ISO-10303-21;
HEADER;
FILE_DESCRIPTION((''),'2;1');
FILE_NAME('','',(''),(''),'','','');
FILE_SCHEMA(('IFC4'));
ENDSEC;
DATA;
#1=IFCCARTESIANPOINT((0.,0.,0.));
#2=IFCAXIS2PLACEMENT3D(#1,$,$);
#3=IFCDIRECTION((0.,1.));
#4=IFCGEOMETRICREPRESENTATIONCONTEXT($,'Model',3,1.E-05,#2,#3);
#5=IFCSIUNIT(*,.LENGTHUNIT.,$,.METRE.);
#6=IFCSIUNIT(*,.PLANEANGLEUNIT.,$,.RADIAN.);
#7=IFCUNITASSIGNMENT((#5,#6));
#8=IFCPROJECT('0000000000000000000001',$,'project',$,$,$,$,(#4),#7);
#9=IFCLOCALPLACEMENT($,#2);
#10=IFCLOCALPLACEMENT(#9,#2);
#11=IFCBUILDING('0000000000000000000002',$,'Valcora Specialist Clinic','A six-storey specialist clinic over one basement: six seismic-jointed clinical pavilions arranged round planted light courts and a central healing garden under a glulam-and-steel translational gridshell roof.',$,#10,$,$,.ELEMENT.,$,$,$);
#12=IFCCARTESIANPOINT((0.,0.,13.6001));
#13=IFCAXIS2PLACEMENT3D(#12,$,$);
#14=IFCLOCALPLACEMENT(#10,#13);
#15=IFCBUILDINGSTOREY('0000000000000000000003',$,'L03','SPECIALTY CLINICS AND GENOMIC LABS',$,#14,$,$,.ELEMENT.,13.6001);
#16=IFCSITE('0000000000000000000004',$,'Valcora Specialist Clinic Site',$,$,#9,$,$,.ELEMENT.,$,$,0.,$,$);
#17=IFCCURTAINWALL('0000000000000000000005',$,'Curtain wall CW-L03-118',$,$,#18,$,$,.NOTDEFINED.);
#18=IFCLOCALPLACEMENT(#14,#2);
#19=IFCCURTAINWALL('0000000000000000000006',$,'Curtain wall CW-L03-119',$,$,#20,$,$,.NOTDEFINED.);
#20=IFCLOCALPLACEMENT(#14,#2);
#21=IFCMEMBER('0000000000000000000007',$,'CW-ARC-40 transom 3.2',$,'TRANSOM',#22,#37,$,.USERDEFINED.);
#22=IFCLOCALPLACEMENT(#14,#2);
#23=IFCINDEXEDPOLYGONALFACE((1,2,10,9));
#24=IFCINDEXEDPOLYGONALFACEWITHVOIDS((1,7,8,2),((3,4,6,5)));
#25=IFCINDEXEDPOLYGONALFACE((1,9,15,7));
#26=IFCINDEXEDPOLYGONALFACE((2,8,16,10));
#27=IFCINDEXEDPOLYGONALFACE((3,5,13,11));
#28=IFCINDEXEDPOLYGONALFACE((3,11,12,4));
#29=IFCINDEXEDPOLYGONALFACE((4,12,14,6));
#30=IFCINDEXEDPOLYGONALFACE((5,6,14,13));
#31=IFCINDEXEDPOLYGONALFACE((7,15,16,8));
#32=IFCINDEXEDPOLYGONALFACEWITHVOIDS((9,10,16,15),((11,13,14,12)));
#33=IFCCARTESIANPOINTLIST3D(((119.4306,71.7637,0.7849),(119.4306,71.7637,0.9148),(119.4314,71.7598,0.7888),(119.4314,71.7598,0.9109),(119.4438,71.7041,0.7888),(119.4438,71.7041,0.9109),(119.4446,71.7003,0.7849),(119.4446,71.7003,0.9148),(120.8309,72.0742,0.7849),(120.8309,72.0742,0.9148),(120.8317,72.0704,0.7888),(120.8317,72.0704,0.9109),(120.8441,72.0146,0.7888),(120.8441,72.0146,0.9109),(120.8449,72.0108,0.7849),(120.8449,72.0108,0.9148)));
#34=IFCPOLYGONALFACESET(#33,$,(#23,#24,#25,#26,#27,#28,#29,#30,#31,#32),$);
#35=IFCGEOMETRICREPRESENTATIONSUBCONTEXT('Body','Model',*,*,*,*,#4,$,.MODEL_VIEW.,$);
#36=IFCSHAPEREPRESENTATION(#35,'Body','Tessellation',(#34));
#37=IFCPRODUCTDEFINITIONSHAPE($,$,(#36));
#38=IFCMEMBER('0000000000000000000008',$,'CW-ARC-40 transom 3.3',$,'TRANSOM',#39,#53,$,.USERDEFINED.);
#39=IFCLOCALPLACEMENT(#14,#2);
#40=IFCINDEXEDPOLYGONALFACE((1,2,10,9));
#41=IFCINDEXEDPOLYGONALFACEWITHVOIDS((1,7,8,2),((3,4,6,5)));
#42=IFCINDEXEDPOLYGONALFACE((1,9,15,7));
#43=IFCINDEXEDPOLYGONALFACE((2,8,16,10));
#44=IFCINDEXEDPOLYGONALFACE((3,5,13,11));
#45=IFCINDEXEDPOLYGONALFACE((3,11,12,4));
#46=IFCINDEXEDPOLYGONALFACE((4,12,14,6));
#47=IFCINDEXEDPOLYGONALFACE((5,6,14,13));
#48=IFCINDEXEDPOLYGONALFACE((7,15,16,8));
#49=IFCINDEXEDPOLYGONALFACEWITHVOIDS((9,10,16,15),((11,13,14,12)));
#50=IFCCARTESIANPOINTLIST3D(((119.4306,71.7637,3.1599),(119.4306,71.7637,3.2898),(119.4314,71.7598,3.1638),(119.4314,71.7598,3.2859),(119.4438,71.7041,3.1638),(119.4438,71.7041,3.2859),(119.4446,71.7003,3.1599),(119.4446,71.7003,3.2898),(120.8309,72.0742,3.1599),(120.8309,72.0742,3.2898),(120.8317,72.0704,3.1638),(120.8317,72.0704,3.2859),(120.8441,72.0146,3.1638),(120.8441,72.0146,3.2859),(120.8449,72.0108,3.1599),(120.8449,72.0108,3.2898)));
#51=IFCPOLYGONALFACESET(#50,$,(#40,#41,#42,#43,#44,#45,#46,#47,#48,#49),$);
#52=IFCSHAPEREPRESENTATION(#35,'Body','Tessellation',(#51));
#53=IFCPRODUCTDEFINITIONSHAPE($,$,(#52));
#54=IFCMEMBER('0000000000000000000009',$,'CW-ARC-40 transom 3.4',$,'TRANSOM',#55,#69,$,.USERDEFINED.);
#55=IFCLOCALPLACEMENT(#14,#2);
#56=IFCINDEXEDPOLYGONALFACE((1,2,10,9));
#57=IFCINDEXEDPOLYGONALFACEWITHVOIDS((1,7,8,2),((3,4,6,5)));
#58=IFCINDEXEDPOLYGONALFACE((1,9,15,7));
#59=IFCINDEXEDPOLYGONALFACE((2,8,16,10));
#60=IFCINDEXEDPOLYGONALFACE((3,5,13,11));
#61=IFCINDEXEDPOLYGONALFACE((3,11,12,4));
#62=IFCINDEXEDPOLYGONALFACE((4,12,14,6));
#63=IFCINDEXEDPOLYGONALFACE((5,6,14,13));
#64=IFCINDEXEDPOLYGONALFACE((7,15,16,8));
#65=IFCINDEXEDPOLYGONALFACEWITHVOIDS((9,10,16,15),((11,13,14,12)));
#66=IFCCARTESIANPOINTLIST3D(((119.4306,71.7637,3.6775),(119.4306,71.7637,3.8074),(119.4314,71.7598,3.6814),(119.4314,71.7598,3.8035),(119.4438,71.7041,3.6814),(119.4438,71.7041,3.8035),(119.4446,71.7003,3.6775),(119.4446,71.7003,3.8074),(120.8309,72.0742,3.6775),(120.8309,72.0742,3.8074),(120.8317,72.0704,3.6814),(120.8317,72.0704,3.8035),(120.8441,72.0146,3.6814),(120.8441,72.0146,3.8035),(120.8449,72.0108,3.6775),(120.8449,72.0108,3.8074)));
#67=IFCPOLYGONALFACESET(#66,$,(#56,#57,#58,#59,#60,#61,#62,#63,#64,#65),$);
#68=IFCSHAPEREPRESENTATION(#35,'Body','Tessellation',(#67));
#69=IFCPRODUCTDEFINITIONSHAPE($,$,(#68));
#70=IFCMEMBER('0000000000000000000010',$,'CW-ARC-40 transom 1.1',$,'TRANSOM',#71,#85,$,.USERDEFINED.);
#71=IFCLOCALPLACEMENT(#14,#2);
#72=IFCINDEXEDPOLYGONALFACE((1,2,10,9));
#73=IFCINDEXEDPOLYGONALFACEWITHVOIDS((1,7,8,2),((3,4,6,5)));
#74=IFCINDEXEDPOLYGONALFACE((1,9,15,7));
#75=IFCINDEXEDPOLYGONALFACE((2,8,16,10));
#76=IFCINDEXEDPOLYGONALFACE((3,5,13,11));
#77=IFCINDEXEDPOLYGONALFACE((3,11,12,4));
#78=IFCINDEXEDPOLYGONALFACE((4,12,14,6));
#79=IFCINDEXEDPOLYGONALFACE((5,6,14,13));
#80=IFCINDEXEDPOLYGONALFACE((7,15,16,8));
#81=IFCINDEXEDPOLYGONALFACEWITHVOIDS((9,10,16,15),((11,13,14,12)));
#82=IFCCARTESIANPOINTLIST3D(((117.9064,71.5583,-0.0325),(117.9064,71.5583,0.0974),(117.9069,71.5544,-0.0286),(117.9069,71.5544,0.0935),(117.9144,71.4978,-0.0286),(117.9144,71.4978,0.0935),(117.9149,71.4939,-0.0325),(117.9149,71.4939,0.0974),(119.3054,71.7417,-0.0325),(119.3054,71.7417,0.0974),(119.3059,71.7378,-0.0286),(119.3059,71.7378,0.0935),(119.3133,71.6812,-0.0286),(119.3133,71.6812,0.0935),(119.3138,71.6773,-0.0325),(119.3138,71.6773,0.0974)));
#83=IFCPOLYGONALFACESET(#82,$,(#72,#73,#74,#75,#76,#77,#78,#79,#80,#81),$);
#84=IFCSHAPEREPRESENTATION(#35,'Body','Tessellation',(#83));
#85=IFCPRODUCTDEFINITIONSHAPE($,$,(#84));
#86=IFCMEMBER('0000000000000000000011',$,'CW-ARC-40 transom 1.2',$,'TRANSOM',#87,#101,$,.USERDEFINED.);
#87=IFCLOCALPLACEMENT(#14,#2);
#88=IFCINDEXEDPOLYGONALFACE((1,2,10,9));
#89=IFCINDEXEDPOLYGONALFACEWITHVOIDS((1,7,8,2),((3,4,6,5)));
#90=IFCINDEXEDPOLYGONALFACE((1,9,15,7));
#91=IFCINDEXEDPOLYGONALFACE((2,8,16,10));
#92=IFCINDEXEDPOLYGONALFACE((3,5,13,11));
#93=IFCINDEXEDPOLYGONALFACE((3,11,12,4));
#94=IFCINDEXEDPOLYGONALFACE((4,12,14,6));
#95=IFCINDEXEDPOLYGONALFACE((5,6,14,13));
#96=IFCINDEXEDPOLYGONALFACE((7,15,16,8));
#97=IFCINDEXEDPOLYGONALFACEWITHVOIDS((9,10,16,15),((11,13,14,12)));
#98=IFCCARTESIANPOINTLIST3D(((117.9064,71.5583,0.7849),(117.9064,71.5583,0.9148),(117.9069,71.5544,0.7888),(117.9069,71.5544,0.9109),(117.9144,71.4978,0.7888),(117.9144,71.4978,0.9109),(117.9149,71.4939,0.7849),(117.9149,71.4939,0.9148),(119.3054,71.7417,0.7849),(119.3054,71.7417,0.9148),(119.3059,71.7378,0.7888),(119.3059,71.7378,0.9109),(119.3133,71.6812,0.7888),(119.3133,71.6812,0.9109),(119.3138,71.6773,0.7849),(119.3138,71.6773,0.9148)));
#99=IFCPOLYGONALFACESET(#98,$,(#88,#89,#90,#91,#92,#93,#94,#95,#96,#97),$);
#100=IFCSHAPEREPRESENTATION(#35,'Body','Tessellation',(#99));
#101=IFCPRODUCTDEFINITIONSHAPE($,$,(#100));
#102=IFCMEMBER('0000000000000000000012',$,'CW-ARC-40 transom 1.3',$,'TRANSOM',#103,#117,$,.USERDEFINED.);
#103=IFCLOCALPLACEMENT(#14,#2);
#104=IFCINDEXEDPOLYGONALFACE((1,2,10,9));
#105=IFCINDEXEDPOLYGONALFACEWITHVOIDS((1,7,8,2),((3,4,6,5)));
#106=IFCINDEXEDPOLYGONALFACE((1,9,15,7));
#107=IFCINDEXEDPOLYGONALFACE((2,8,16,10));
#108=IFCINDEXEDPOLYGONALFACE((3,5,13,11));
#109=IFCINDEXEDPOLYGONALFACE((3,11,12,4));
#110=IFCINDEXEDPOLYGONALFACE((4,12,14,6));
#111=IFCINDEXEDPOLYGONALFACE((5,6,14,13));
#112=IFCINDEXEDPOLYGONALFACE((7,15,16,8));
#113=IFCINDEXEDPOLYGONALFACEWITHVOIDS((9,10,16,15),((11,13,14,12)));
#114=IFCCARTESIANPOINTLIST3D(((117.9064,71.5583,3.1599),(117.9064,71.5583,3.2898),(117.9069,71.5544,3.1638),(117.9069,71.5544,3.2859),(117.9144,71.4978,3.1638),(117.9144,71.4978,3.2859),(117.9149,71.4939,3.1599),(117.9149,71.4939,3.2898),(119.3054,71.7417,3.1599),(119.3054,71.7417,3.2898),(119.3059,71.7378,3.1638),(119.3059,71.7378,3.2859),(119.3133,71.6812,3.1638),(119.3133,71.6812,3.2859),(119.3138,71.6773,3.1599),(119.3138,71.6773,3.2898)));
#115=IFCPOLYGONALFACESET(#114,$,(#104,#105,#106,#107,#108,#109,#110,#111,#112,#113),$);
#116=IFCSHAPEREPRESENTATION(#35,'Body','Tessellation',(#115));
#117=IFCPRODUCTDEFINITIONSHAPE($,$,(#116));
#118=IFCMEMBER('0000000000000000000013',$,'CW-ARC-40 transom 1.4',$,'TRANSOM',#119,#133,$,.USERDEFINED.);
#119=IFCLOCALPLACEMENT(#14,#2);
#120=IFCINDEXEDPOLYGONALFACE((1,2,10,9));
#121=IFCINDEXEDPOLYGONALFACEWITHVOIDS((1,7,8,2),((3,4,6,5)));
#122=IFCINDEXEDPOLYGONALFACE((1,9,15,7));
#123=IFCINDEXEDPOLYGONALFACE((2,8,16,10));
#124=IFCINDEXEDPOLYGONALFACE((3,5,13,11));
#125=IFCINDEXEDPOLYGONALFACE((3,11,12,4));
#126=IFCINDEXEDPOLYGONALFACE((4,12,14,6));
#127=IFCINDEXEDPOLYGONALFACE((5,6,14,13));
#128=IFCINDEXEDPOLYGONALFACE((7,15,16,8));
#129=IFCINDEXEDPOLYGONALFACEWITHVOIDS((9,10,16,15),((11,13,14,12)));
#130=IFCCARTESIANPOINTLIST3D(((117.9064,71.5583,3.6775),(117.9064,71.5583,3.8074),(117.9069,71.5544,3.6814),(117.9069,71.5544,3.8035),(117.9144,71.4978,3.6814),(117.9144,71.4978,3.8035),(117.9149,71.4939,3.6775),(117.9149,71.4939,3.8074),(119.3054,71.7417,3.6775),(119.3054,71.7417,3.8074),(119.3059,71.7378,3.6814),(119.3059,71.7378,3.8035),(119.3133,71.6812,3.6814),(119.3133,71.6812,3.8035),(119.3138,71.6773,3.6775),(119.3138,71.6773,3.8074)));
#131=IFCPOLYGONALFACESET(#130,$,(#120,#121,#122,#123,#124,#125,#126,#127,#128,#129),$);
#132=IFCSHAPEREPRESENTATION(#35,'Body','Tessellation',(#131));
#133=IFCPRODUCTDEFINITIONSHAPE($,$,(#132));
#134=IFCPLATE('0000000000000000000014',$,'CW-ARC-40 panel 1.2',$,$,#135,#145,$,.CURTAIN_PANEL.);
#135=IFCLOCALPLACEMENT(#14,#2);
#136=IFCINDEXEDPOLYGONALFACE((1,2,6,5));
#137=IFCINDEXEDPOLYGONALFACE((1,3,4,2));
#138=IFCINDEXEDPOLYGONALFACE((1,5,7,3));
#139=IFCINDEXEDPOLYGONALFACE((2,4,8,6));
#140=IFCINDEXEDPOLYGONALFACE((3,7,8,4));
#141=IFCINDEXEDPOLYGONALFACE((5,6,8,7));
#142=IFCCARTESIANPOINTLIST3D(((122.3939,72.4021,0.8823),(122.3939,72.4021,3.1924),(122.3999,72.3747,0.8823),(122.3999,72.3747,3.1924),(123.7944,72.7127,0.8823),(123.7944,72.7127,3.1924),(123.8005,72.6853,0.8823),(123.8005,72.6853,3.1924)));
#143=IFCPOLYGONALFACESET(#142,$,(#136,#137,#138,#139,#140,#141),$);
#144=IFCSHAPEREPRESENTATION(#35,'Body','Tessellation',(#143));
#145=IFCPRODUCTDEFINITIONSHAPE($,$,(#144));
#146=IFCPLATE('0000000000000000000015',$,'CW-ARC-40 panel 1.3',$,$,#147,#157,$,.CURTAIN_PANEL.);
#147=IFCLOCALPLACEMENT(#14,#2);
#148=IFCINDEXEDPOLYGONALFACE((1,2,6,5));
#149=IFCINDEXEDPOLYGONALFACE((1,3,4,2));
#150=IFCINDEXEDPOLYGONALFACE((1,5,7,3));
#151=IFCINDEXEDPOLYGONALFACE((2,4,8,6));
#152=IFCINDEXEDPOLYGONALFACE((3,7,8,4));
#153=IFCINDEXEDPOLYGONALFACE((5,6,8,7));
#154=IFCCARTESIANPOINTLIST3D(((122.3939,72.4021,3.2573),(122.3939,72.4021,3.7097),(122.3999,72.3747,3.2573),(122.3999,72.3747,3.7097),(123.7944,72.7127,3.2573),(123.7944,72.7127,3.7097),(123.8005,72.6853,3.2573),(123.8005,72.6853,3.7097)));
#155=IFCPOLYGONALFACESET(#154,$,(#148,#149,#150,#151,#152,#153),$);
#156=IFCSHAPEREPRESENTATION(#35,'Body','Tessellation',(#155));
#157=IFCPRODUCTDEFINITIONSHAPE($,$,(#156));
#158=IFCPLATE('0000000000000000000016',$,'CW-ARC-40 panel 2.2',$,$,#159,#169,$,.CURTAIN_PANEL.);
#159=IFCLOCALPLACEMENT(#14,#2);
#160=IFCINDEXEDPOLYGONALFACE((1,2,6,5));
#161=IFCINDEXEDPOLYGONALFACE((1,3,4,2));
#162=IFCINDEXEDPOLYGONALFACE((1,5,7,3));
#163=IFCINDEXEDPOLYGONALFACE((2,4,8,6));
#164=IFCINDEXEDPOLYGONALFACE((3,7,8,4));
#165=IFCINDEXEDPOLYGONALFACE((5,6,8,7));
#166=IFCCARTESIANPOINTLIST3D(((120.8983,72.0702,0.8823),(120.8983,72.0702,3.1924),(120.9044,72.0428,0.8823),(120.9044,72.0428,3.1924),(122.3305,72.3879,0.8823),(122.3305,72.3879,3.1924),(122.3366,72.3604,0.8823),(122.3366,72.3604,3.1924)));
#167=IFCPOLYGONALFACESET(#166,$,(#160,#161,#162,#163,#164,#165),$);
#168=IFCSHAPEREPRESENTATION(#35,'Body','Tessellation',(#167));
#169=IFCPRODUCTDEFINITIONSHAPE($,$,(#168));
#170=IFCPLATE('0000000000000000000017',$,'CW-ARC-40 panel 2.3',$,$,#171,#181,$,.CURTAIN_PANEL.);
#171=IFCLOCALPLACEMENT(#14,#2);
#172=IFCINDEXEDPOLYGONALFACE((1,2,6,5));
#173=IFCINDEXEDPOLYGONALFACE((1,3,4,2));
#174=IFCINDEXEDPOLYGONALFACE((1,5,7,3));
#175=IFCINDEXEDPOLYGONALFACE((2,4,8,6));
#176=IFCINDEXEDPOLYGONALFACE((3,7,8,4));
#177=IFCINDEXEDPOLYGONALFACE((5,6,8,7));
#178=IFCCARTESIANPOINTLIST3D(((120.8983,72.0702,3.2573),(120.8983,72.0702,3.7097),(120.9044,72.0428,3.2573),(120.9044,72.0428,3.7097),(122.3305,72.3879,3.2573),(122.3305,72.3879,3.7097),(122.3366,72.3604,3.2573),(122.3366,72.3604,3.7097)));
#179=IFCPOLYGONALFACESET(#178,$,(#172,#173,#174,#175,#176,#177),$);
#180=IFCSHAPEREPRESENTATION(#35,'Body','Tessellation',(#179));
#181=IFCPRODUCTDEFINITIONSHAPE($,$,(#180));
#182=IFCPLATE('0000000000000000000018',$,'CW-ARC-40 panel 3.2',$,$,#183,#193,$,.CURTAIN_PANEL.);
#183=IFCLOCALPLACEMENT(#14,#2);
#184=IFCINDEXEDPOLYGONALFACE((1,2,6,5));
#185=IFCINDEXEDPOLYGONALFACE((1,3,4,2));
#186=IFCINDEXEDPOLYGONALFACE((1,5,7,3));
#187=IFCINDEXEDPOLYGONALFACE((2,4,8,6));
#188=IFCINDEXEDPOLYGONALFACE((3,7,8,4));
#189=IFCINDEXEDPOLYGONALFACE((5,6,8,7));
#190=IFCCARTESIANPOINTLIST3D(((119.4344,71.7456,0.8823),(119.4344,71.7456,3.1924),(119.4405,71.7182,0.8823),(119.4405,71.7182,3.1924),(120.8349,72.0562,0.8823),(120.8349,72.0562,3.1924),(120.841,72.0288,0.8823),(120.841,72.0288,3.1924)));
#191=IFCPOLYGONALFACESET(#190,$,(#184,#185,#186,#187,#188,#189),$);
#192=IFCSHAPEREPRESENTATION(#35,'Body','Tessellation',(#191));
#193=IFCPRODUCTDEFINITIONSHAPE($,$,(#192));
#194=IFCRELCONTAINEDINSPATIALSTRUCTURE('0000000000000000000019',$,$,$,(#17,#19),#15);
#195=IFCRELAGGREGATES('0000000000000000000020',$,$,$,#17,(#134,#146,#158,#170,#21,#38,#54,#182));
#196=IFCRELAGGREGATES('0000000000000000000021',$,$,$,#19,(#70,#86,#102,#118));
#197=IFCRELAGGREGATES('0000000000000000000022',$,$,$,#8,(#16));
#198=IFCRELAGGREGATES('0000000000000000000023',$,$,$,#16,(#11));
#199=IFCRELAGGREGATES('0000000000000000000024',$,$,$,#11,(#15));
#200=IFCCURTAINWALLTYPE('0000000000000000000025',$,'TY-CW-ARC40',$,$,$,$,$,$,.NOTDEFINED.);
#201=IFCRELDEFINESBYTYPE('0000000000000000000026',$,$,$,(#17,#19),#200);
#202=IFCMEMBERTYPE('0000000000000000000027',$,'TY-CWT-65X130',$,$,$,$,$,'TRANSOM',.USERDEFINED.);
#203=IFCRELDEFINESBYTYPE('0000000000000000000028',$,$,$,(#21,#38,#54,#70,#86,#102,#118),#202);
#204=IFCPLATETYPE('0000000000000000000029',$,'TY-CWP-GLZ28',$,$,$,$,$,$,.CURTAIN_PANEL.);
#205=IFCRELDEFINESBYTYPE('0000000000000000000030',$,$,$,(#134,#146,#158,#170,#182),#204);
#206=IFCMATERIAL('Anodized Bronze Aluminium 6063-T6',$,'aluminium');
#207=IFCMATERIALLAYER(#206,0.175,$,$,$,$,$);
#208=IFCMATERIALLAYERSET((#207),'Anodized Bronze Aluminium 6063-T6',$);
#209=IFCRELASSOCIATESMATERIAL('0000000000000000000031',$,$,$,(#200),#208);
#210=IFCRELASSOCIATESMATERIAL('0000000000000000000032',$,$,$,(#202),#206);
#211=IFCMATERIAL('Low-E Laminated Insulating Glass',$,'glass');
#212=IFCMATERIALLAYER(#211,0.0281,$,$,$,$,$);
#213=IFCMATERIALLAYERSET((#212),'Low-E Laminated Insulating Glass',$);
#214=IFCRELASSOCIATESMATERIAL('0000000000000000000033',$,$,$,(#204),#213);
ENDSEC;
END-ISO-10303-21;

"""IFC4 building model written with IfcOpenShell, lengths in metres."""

from ifc_helpers import new_model, si_unit, direction, frame, origin, origin_2d, place, context, subcontext, project, spatial, rectangle, hollow_rectangle, extrude, material, layer, layer_set, material_profile, profile_set, type_object, element, aggregate, save


model = new_model("IFC4")

# Units and contexts
model_context = context("Model", 3, precision=1e-05, world=origin(), true_north=direction((0.0, 1.0)))
body_context = subcontext(model_context, "Body", "Model", "MODEL_VIEW")
ifc_project = project(units=[si_unit("LENGTHUNIT", "METRE"), si_unit("PLANEANGLEUNIT", "RADIAN")], contexts=[model_context])

# Site, building, storey
site_placement = place(None, origin())
site = spatial("IfcSite", under=ifc_project, at=site_placement, Name="Valcora Specialist Clinic Site", CompositionType="ELEMENT", RefElevation=0.0)
building_placement = place(site_placement, origin())
building = spatial("IfcBuilding", under=site, at=building_placement, Name="Valcora Specialist Clinic", Description="A six-storey specialist clinic over one basement: six seismic-jointed clinical pavilions arranged round planted light courts and a central healing garden under a glulam-and-steel translational gridshell roof.", CompositionType="ELEMENT")
storey_placement = place(building_placement, frame((0.0, 0.0, 13.6001)))
storey = spatial("IfcBuildingStorey", under=building, at=storey_placement, Name="L03", Description="SPECIALTY CLINICS AND GENOMIC LABS", CompositionType="ELEMENT", Elevation=13.6001)

# Curtain walls
ifc_material_1 = material(Name="Anodized Bronze Aluminium 6063-T6", Category="aluminium")
ifc_layer_1 = layer(ifc_material_1, 0.175)
ifc_layer_set_1 = layer_set([ifc_layer_1], Name="Anodized Bronze Aluminium 6063-T6")
curtain_wall_type = type_object("IfcCurtainWallType", Name="TY-CW-ARC40", PredefinedType="NOTDEFINED", material=ifc_layer_set_1)
curtain_wall_1_placement = place(storey_placement, origin())
curtain_wall_1 = element("IfcCurtainWall", 1, at=curtain_wall_1_placement, inside=storey, type_object=curtain_wall_type, Name="Curtain wall CW-L03-118", PredefinedType="NOTDEFINED")
curtain_wall_2_placement = place(storey_placement, origin())
curtain_wall_2 = element("IfcCurtainWall", 2, at=curtain_wall_2_placement, inside=storey, type_object=curtain_wall_type, Name="Curtain wall CW-L03-119", PredefinedType="NOTDEFINED")

# Members
ifc_material_profile_1 = material_profile(ifc_material_1, hollow_rectangle(XDim=0.0649, YDim=0.1299, WallThickness=0.0039, at=origin_2d()), Name="AL-TRN-65X130")
ifc_profile_set_1 = profile_set([ifc_material_profile_1], Name="Anodized Bronze Aluminium 6063-T6")
member_type_1 = type_object("IfcMemberType", Name="TY-CWT-65X130", ElementType="TRANSOM", PredefinedType="USERDEFINED", material=ifc_profile_set_1)
member_1_placement = place(storey_placement, frame((120.8379, 72.0425, 0.8499), z_axis=(-0.976283, -0.216498, 0.0), x_axis=(0.216498, -0.976283, 0.0)))
member_1 = element("IfcMember", 3, at=member_1_placement, type_object=member_type_1, Name="CW-ARC-40 transom 3.2", ObjectType="TRANSOM", PredefinedType="USERDEFINED", context=body_context, shape_type="SweptSolid", body=[
    extrude(hollow_rectangle(XDim=0.0649, YDim=0.1299, WallThickness=0.0039, at=origin_2d()), origin(), (0.0, 0.0, 1.0), 1.4343),
])
member_2_placement = place(storey_placement, frame((120.8379, 72.0425, 3.2249), z_axis=(-0.976283, -0.216498, 0.0), x_axis=(0.216498, -0.976283, 0.0)))
member_2 = element("IfcMember", 4, at=member_2_placement, type_object=member_type_1, Name="CW-ARC-40 transom 3.3", ObjectType="TRANSOM", PredefinedType="USERDEFINED", context=body_context, shape_type="SweptSolid", body=[
    extrude(hollow_rectangle(XDim=0.0649, YDim=0.1299, WallThickness=0.0039, at=origin_2d()), origin(), (0.0, 0.0, 1.0), 1.4343),
])
member_3_placement = place(storey_placement, frame((120.8379, 72.0425, 3.7424), z_axis=(-0.976283, -0.216498, 0.0), x_axis=(0.216498, -0.976283, 0.0)))
member_3 = element("IfcMember", 5, at=member_3_placement, type_object=member_type_1, Name="CW-ARC-40 transom 3.4", ObjectType="TRANSOM", PredefinedType="USERDEFINED", context=body_context, shape_type="SweptSolid", body=[
    extrude(hollow_rectangle(XDim=0.0649, YDim=0.1299, WallThickness=0.0039, at=origin_2d()), origin(), (0.0, 0.0, 1.0), 1.4343),
])
member_4_placement = place(storey_placement, frame((119.3096, 71.7095, 0.0325), z_axis=(-0.99152, -0.129953, 0.0), x_axis=(0.129953, -0.99152, 0.0)))
member_4 = element("IfcMember", 6, at=member_4_placement, type_object=member_type_1, Name="CW-ARC-40 transom 1.1", ObjectType="TRANSOM", PredefinedType="USERDEFINED", context=body_context, shape_type="SweptSolid", body=[
    extrude(hollow_rectangle(XDim=0.0649, YDim=0.1299, WallThickness=0.0039, at=origin_2d()), origin(), (0.0, 0.0, 1.0), 1.4109),
])
member_5_placement = place(storey_placement, frame((119.3096, 71.7095, 0.8499), z_axis=(-0.99152, -0.129953, 0.0), x_axis=(0.129953, -0.99152, 0.0)))
member_5 = element("IfcMember", 7, at=member_5_placement, type_object=member_type_1, Name="CW-ARC-40 transom 1.2", ObjectType="TRANSOM", PredefinedType="USERDEFINED", context=body_context, shape_type="SweptSolid", body=[
    extrude(hollow_rectangle(XDim=0.0649, YDim=0.1299, WallThickness=0.0039, at=origin_2d()), origin(), (0.0, 0.0, 1.0), 1.4109),
])
member_6_placement = place(storey_placement, frame((119.3096, 71.7095, 3.2249), z_axis=(-0.99152, -0.129953, 0.0), x_axis=(0.129953, -0.99152, 0.0)))
member_6 = element("IfcMember", 8, at=member_6_placement, type_object=member_type_1, Name="CW-ARC-40 transom 1.3", ObjectType="TRANSOM", PredefinedType="USERDEFINED", context=body_context, shape_type="SweptSolid", body=[
    extrude(hollow_rectangle(XDim=0.0649, YDim=0.1299, WallThickness=0.0039, at=origin_2d()), origin(), (0.0, 0.0, 1.0), 1.4109),
])
member_7_placement = place(storey_placement, frame((119.3096, 71.7095, 3.7424), z_axis=(-0.99152, -0.129953, 0.0), x_axis=(0.129953, -0.99152, 0.0)))
member_7 = element("IfcMember", 9, at=member_7_placement, type_object=member_type_1, Name="CW-ARC-40 transom 1.4", ObjectType="TRANSOM", PredefinedType="USERDEFINED", context=body_context, shape_type="SweptSolid", body=[
    extrude(hollow_rectangle(XDim=0.0649, YDim=0.1299, WallThickness=0.0039, at=origin_2d()), origin(), (0.0, 0.0, 1.0), 1.4109),
])

# Plates
ifc_material_2 = material(Name="Low-E Laminated Insulating Glass", Category="glass")
ifc_layer_2 = layer(ifc_material_2, 0.0281)
ifc_layer_set_2 = layer_set([ifc_layer_2], Name="Low-E Laminated Insulating Glass")
plate_type_1 = type_object("IfcPlateType", Name="TY-CWP-GLZ28", PredefinedType="CURTAIN_PANEL", material=ifc_layer_set_2)
plate_1_placement = place(storey_placement, frame((123.0972, 72.5437, 0.8823), z_axis=(0.0, 0.0, 1.0), x_axis=(-0.976279, -0.216518, 0.0)))
plate_1 = element("IfcPlate", 10, at=plate_1_placement, type_object=plate_type_1, Name="CW-ARC-40 panel 1.2", PredefinedType="CURTAIN_PANEL", context=body_context, shape_type="SweptSolid", body=[
    extrude(rectangle(XDim=1.4346, YDim=0.0281, at=origin_2d()), origin(), (0.0, 0.0, 1.0), 2.3101),
])
plate_2_placement = place(storey_placement, frame((123.0972, 72.5437, 3.2573), z_axis=(0.0, 0.0, 1.0), x_axis=(-0.976279, -0.216518, 0.0)))
plate_2 = element("IfcPlate", 11, at=plate_2_placement, type_object=plate_type_1, Name="CW-ARC-40 panel 1.3", PredefinedType="CURTAIN_PANEL", context=body_context, shape_type="SweptSolid", body=[
    extrude(rectangle(XDim=1.4346, YDim=0.0281, at=origin_2d()), origin(), (0.0, 0.0, 1.0), 0.4524),
])
plate_3_placement = place(storey_placement, frame((121.6174, 72.2153, 0.8823), z_axis=(0.0, 0.0, 1.0), x_axis=(-0.976279, -0.216518, 0.0)))
plate_3 = element("IfcPlate", 12, at=plate_3_placement, type_object=plate_type_1, Name="CW-ARC-40 panel 2.2", PredefinedType="CURTAIN_PANEL", context=body_context, shape_type="SweptSolid", body=[
    extrude(rectangle(XDim=1.467, YDim=0.0281, at=origin_2d()), origin(), (0.0, 0.0, 1.0), 2.3101),
])
plate_4_placement = place(storey_placement, frame((121.6174, 72.2153, 3.2573), z_axis=(0.0, 0.0, 1.0), x_axis=(-0.976279, -0.216518, 0.0)))
plate_4 = element("IfcPlate", 13, at=plate_4_placement, type_object=plate_type_1, Name="CW-ARC-40 panel 2.3", PredefinedType="CURTAIN_PANEL", context=body_context, shape_type="SweptSolid", body=[
    extrude(rectangle(XDim=1.467, YDim=0.0281, at=origin_2d()), origin(), (0.0, 0.0, 1.0), 0.4524),
])
plate_5_placement = place(storey_placement, frame((120.1377, 71.8872, 0.8823), z_axis=(0.0, 0.0, 1.0), x_axis=(-0.976279, -0.216518, 0.0)))
plate_5 = element("IfcPlate", 14, at=plate_5_placement, type_object=plate_type_1, Name="CW-ARC-40 panel 3.2", PredefinedType="CURTAIN_PANEL", context=body_context, shape_type="SweptSolid", body=[
    extrude(rectangle(XDim=1.4346, YDim=0.0281, at=origin_2d()), origin(), (0.0, 0.0, 1.0), 2.3101),
])
aggregate(curtain_wall_1, [plate_1, plate_2, plate_3, plate_4, member_1, member_2, member_3, plate_5])
aggregate(curtain_wall_2, [member_4, member_5, member_6, member_7])

save(model, "model.ifc")
